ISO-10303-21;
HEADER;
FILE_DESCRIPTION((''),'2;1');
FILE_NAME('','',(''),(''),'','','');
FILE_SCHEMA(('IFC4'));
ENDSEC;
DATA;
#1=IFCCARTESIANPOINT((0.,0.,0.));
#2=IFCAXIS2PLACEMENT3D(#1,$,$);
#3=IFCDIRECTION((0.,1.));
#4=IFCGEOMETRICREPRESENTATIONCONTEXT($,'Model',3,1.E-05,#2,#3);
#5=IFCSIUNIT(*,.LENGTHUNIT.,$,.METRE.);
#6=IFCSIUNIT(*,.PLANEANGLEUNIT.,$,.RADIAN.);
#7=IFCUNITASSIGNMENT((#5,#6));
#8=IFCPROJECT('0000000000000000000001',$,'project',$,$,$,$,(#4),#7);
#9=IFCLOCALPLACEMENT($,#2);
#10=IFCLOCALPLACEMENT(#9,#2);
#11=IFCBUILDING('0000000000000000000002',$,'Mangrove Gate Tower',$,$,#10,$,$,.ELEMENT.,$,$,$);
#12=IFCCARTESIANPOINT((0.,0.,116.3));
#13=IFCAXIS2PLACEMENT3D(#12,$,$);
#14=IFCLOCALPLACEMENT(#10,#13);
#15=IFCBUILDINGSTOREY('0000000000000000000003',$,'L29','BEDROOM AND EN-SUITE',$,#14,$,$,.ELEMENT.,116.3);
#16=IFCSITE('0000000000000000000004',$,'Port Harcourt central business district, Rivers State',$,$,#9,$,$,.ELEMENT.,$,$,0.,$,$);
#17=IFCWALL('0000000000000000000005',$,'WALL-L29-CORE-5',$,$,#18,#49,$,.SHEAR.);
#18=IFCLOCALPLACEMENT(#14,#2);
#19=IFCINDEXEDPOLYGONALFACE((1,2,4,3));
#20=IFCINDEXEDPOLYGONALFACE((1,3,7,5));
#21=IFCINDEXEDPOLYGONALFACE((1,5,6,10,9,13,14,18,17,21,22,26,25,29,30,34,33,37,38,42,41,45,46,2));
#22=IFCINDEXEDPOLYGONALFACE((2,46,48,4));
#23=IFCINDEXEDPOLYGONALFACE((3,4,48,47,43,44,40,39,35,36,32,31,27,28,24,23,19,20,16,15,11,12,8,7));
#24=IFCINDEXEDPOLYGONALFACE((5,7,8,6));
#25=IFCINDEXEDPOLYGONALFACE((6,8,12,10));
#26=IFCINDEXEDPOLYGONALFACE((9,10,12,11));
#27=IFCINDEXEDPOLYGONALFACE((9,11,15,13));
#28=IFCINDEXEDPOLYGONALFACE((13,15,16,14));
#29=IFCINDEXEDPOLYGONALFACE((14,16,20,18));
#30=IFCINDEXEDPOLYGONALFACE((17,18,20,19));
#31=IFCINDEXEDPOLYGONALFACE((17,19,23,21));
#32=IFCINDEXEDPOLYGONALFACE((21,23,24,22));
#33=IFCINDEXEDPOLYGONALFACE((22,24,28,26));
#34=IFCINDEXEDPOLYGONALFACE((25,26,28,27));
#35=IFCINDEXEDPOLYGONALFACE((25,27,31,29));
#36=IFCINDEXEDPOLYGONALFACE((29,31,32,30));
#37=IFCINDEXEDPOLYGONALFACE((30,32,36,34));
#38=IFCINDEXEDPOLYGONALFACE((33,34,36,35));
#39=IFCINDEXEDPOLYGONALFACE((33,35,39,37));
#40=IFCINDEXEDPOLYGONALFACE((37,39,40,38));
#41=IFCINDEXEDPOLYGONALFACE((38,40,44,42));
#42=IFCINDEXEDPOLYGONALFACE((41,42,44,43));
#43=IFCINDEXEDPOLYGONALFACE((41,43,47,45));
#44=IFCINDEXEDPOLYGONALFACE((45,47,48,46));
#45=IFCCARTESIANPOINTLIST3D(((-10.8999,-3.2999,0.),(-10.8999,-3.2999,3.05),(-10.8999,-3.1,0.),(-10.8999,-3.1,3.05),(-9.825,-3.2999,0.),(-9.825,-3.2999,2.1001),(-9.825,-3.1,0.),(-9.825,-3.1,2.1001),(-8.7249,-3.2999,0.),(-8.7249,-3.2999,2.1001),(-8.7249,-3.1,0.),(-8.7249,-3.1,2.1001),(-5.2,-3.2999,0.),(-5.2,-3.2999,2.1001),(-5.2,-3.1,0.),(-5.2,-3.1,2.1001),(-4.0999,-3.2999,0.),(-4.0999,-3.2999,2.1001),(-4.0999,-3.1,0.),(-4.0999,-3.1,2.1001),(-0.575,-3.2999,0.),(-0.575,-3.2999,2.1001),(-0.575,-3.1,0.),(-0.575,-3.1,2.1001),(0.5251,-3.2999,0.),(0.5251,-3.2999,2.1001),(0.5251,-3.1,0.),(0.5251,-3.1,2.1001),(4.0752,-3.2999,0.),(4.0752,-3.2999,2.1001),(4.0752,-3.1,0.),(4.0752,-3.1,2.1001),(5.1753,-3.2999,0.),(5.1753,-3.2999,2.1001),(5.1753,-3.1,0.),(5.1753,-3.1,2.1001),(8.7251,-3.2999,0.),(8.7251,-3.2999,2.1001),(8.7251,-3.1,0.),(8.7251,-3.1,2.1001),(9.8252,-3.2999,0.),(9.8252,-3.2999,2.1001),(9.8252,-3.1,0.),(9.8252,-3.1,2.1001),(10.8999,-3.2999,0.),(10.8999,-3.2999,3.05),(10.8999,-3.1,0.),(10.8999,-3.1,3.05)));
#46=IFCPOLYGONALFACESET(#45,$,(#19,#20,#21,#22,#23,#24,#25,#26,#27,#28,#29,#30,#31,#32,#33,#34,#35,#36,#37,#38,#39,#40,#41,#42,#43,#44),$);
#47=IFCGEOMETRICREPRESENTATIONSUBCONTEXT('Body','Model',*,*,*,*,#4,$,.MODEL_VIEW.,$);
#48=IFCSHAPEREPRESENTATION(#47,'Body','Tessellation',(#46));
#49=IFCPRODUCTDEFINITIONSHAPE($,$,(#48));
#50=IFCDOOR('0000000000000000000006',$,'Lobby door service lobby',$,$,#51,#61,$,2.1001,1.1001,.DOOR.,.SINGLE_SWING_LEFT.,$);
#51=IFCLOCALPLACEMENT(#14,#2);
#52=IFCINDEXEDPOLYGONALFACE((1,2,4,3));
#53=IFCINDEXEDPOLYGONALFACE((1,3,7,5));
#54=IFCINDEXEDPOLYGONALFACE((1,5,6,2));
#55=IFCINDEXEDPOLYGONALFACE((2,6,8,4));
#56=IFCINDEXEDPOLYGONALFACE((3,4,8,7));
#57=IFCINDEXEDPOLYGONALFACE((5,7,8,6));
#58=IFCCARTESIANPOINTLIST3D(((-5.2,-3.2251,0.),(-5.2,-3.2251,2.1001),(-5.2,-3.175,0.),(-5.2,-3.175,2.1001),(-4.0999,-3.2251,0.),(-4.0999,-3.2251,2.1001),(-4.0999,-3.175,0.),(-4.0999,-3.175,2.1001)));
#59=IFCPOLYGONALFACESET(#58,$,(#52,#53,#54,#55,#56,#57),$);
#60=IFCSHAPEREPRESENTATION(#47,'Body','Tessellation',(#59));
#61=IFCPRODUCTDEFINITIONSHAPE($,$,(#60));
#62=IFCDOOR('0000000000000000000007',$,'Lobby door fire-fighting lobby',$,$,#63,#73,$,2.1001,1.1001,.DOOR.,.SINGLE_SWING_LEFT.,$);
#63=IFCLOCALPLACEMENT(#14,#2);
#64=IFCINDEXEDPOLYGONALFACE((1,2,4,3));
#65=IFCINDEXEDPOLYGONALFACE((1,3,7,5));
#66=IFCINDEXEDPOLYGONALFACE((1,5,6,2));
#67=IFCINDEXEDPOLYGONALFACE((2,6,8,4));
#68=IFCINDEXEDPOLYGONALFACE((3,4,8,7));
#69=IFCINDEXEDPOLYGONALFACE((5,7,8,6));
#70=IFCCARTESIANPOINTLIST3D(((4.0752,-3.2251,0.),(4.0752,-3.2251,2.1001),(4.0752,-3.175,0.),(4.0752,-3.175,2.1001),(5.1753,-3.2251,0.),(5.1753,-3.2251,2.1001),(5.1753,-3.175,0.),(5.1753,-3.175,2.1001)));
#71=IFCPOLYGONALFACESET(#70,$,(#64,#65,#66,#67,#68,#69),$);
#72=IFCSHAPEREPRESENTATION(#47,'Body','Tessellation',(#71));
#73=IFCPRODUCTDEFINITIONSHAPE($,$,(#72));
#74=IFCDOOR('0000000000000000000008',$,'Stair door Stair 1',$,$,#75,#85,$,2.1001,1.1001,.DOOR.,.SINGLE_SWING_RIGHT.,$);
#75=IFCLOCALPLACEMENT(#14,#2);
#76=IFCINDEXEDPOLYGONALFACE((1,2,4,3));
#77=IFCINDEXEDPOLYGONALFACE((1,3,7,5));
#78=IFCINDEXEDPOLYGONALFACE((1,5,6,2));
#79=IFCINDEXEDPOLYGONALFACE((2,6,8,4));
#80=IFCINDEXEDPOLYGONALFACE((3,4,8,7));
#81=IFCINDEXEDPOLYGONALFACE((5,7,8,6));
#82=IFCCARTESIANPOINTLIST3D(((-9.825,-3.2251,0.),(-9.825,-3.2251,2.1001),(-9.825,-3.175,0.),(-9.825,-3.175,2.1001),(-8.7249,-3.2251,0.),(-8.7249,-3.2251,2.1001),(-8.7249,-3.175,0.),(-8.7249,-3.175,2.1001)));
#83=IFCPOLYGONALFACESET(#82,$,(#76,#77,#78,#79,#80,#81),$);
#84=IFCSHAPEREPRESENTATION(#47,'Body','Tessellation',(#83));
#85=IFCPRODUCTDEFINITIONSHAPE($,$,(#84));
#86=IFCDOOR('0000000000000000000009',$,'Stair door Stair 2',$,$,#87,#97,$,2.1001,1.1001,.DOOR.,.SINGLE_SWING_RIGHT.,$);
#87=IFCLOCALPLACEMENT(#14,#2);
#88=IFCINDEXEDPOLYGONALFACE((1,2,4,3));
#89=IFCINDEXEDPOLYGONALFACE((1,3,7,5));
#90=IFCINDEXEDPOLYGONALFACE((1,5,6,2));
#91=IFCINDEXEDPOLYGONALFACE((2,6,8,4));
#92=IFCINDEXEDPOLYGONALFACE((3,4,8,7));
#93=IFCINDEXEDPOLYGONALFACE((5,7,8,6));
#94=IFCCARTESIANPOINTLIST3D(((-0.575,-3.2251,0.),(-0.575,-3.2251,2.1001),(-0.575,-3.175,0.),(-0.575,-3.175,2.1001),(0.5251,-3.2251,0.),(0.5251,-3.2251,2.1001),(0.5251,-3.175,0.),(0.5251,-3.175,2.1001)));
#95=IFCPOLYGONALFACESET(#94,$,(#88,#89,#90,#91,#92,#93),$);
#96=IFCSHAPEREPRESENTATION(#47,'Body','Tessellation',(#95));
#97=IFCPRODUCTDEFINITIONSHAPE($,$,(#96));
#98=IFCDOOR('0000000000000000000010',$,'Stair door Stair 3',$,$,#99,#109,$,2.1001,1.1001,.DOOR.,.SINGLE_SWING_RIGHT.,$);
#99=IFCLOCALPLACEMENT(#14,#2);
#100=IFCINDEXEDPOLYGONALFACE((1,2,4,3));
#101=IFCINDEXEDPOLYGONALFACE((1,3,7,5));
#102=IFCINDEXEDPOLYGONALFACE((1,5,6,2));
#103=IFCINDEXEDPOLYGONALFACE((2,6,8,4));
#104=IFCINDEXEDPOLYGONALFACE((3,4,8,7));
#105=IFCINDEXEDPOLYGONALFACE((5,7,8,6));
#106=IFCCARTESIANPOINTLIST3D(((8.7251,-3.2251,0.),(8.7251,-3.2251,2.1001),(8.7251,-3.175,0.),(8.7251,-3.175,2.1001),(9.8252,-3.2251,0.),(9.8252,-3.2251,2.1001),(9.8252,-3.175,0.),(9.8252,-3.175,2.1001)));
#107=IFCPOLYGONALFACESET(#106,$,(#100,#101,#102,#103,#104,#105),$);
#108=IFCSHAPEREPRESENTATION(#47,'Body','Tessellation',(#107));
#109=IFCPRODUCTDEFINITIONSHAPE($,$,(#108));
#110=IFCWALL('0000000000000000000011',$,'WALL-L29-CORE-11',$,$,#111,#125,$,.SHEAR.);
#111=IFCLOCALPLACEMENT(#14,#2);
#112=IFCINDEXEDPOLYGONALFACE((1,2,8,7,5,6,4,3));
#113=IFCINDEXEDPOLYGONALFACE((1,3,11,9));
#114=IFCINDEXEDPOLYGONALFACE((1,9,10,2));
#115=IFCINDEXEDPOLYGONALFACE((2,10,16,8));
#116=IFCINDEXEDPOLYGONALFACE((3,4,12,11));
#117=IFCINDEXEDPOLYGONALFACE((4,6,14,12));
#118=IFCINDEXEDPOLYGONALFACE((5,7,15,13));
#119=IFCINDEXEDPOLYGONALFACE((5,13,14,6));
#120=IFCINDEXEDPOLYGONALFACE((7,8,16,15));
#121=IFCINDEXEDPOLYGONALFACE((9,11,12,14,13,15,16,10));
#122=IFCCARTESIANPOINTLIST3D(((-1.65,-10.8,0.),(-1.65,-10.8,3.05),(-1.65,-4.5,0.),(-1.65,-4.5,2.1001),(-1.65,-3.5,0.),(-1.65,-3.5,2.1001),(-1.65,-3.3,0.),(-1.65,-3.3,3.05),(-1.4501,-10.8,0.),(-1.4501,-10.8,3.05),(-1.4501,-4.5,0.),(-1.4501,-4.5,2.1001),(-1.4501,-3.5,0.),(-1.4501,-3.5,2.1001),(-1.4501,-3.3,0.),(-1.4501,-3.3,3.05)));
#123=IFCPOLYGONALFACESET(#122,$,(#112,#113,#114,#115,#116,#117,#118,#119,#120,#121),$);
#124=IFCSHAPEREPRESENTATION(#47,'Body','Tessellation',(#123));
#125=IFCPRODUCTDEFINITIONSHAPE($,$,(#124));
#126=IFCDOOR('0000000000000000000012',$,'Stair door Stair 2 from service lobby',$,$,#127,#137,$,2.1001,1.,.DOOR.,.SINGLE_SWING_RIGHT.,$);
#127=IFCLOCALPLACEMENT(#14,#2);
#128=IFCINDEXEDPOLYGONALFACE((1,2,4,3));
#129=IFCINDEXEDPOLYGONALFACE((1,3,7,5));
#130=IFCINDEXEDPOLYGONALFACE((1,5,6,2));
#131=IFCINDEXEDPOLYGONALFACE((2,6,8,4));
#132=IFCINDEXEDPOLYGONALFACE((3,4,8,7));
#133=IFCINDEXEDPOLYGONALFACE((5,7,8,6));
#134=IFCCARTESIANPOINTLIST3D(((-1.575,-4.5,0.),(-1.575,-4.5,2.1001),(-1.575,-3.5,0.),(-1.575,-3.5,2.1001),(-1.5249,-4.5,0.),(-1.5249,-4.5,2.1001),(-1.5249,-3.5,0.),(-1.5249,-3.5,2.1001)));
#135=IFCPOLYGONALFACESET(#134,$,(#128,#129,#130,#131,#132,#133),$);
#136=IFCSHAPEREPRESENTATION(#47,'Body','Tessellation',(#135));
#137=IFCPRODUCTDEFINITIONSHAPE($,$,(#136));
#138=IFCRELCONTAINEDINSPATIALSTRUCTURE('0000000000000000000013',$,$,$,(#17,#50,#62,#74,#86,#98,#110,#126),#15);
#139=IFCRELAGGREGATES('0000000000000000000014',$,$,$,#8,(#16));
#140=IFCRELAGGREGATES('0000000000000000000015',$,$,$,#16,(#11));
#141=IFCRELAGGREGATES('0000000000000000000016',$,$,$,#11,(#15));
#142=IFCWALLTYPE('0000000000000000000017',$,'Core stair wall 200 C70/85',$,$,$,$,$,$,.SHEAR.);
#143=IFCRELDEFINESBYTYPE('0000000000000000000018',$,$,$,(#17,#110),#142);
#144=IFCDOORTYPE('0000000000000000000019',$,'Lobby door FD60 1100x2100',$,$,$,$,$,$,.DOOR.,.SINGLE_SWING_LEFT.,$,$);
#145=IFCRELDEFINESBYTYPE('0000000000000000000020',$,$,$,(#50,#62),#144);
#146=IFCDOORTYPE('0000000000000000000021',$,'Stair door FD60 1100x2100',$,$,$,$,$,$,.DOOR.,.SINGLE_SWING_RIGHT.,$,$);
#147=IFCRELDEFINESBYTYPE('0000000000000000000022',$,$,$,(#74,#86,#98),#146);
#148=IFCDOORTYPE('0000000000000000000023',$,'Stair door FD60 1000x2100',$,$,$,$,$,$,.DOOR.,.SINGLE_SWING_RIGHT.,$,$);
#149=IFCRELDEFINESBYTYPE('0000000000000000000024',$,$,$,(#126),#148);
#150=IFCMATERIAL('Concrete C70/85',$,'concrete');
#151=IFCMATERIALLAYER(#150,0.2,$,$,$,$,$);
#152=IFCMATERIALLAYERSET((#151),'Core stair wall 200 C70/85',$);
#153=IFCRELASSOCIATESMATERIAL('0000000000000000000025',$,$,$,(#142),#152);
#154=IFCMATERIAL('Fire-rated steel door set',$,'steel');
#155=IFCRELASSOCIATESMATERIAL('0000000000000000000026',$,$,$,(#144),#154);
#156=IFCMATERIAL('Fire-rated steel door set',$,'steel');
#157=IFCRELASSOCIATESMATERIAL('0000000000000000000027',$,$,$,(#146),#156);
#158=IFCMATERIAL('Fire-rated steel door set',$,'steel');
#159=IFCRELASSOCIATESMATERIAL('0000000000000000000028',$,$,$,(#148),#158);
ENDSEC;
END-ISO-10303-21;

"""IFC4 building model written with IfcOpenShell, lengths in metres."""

from ifc_helpers import new_model, si_unit, direction, frame, frame_2d, origin, place, context, subcontext, project, spatial, rectangle, extrude, material, layer, layer_set, type_object, element, fill, save


model = new_model("IFC4")

# Units and contexts
model_context = context("Model", 3, precision=1e-05, world=origin(), true_north=direction((0.0, 1.0)))
body_context = subcontext(model_context, "Body", "Model", "MODEL_VIEW")
ifc_project = project(units=[si_unit("LENGTHUNIT", "METRE"), si_unit("PLANEANGLEUNIT", "RADIAN")], contexts=[model_context])

# Site, building, storey
site_placement = place(None, origin())
site = spatial("IfcSite", under=ifc_project, at=site_placement, Name="Port Harcourt central business district, Rivers State", CompositionType="ELEMENT", RefElevation=0.0)
building_placement = place(site_placement, origin())
building = spatial("IfcBuilding", under=site, at=building_placement, Name="Mangrove Gate Tower", CompositionType="ELEMENT")
storey_placement = place(building_placement, frame((0.0, 0.0, 116.3)))
storey = spatial("IfcBuildingStorey", under=building, at=storey_placement, Name="L29", Description="BEDROOM AND EN-SUITE", CompositionType="ELEMENT", Elevation=116.3)

# Wall, openings, doors
ifc_material_1 = material(Name="Concrete C70/85", Category="concrete")
ifc_layer_1 = layer(ifc_material_1, 0.2)
ifc_layer_set_1 = layer_set([ifc_layer_1], Name="Core stair wall 200 C70/85")
wall_type_1 = type_object("IfcWallType", Name="Core stair wall 200 C70/85", PredefinedType="SHEAR", material=ifc_layer_set_1)
wall_1_placement = place(storey_placement, frame((-10.8999, -3.2, 0.0), z_axis=(0.0, 0.0, 1.0), x_axis=(1.0, 0.0, 0.0)))
wall_1 = element("IfcWall", 1, at=wall_1_placement, inside=storey, type_object=wall_type_1, Name="WALL-L29-CORE-5", PredefinedType="SHEAR", context=body_context, shape_type="SweptSolid", body=[
    extrude(rectangle(XDim=21.7998, YDim=0.2, at=frame_2d((10.8999, 0.0))), origin(), (0.0, 0.0, 1.0), 3.05),
])
opening_1_placement = place(wall_1_placement, frame((1.075, 0.0, 0.0)))
opening_1 = element("IfcOpeningElement", 2, at=opening_1_placement, cuts=wall_1, PredefinedType="OPENING", context=body_context, shape_type="SweptSolid", body=[
    extrude(rectangle(XDim=1.1001, YDim=2.1001, at=frame_2d((0.55, 1.05))), frame((0.0, 0.1099, 0.0), z_axis=(0.0, -1.0, 0.0), x_axis=(1.0, 0.0, 0.0)), (0.0, 0.0, 1.0), 0.22),
])
opening_2_placement = place(wall_1_placement, frame((10.325, 0.0, 0.0)))
opening_2 = element("IfcOpeningElement", 3, at=opening_2_placement, cuts=wall_1, PredefinedType="OPENING", context=body_context, shape_type="SweptSolid", body=[
    extrude(rectangle(XDim=1.1001, YDim=2.1001, at=frame_2d((0.55, 1.05))), frame((0.0, 0.1099, 0.0), z_axis=(0.0, -1.0, 0.0), x_axis=(1.0, 0.0, 0.0)), (0.0, 0.0, 1.0), 0.22),
])
opening_3_placement = place(wall_1_placement, frame((19.625, 0.0, 0.0)))
opening_3 = element("IfcOpeningElement", 4, at=opening_3_placement, cuts=wall_1, PredefinedType="OPENING", context=body_context, shape_type="SweptSolid", body=[
    extrude(rectangle(XDim=1.1001, YDim=2.1001, at=frame_2d((0.55, 1.05))), frame((0.0, 0.1099, 0.0), z_axis=(0.0, -1.0, 0.0), x_axis=(1.0, 0.0, 0.0)), (0.0, 0.0, 1.0), 0.22),
])
opening_4_placement = place(wall_1_placement, frame((5.7, 0.0, 0.0)))
opening_4 = element("IfcOpeningElement", 5, at=opening_4_placement, cuts=wall_1, PredefinedType="OPENING", context=body_context, shape_type="SweptSolid", body=[
    extrude(rectangle(XDim=1.1001, YDim=2.1001, at=frame_2d((0.55, 1.05))), frame((0.0, 0.1099, 0.0), z_axis=(0.0, -1.0, 0.0), x_axis=(1.0, 0.0, 0.0)), (0.0, 0.0, 1.0), 0.22),
])
opening_5_placement = place(wall_1_placement, frame((14.9751, 0.0, 0.0)))
opening_5 = element("IfcOpeningElement", 6, at=opening_5_placement, cuts=wall_1, PredefinedType="OPENING", context=body_context, shape_type="SweptSolid", body=[
    extrude(rectangle(XDim=1.1001, YDim=2.1001, at=frame_2d((0.55, 1.05))), frame((0.0, 0.1099, 0.0), z_axis=(0.0, -1.0, 0.0), x_axis=(1.0, 0.0, 0.0)), (0.0, 0.0, 1.0), 0.22),
])
ifc_material_2 = material(Name="Fire-rated steel door set", Category="steel")
door_type_1 = type_object("IfcDoorType", Name="Lobby door FD60 1100x2100", OperationType="SINGLE_SWING_LEFT", PredefinedType="DOOR", material=ifc_material_2)
door_1_placement = place(opening_4_placement, origin())
door_1 = element("IfcDoor", 7, at=door_1_placement, inside=storey, type_object=door_type_1, Name="Lobby door service lobby", OperationType="SINGLE_SWING_LEFT", OverallHeight=2.1001, OverallWidth=1.1001, PredefinedType="DOOR", context=body_context, shape_type="SweptSolid", body=[
    extrude(rectangle(XDim=1.1001, YDim=2.1001, at=frame_2d((0.55, 1.05))), frame((0.0, 0.0249, 0.0), z_axis=(0.0, -1.0, 0.0), x_axis=(1.0, 0.0, 0.0)), (0.0, 0.0, 1.0), 0.05),
])
fill(opening_4, door_1)
door_2_placement = place(opening_5_placement, origin())
door_2 = element("IfcDoor", 8, at=door_2_placement, inside=storey, type_object=door_type_1, Name="Lobby door fire-fighting lobby", OperationType="SINGLE_SWING_LEFT", OverallHeight=2.1001, OverallWidth=1.1001, PredefinedType="DOOR", context=body_context, shape_type="SweptSolid", body=[
    extrude(rectangle(XDim=1.1001, YDim=2.1001, at=frame_2d((0.55, 1.05))), frame((0.0, 0.0249, 0.0), z_axis=(0.0, -1.0, 0.0), x_axis=(1.0, 0.0, 0.0)), (0.0, 0.0, 1.0), 0.05),
])
fill(opening_5, door_2)
ifc_material_3 = material(Name="Fire-rated steel door set", Category="steel")
door_type_2 = type_object("IfcDoorType", Name="Stair door FD60 1100x2100", OperationType="SINGLE_SWING_RIGHT", PredefinedType="DOOR", material=ifc_material_3)
door_3_placement = place(opening_1_placement, origin())
door_3 = element("IfcDoor", 9, at=door_3_placement, inside=storey, type_object=door_type_2, Name="Stair door Stair 1", OperationType="SINGLE_SWING_RIGHT", OverallHeight=2.1001, OverallWidth=1.1001, PredefinedType="DOOR", context=body_context, shape_type="SweptSolid", body=[
    extrude(rectangle(XDim=1.1001, YDim=2.1001, at=frame_2d((0.55, 1.05))), frame((0.0, 0.0249, 0.0), z_axis=(0.0, -1.0, 0.0), x_axis=(1.0, 0.0, 0.0)), (0.0, 0.0, 1.0), 0.05),
])
fill(opening_1, door_3)
door_4_placement = place(opening_2_placement, origin())
door_4 = element("IfcDoor", 10, at=door_4_placement, inside=storey, type_object=door_type_2, Name="Stair door Stair 2", OperationType="SINGLE_SWING_RIGHT", OverallHeight=2.1001, OverallWidth=1.1001, PredefinedType="DOOR", context=body_context, shape_type="SweptSolid", body=[
    extrude(rectangle(XDim=1.1001, YDim=2.1001, at=frame_2d((0.55, 1.05))), frame((0.0, 0.0249, 0.0), z_axis=(0.0, -1.0, 0.0), x_axis=(1.0, 0.0, 0.0)), (0.0, 0.0, 1.0), 0.05),
])
fill(opening_2, door_4)
door_5_placement = place(opening_3_placement, origin())
door_5 = element("IfcDoor", 11, at=door_5_placement, inside=storey, type_object=door_type_2, Name="Stair door Stair 3", OperationType="SINGLE_SWING_RIGHT", OverallHeight=2.1001, OverallWidth=1.1001, PredefinedType="DOOR", context=body_context, shape_type="SweptSolid", body=[
    extrude(rectangle(XDim=1.1001, YDim=2.1001, at=frame_2d((0.55, 1.05))), frame((0.0, 0.0249, 0.0), z_axis=(0.0, -1.0, 0.0), x_axis=(1.0, 0.0, 0.0)), (0.0, 0.0, 1.0), 0.05),
])
fill(opening_3, door_5)

# Wall, opening, door
wall_2_placement = place(storey_placement, frame((-1.55, -10.8, 0.0), z_axis=(0.0, 0.0, 1.0), x_axis=(0.0, 1.0, 0.0)))
wall_2 = element("IfcWall", 12, at=wall_2_placement, inside=storey, type_object=wall_type_1, Name="WALL-L29-CORE-11", PredefinedType="SHEAR", context=body_context, shape_type="SweptSolid", body=[
    extrude(rectangle(XDim=7.5, YDim=0.2, at=frame_2d((3.75, 0.0))), origin(), (0.0, 0.0, 1.0), 3.05),
])
opening_6_placement = place(wall_2_placement, frame((6.3, 0.0, 0.0)))
opening_6 = element("IfcOpeningElement", 13, at=opening_6_placement, cuts=wall_2, PredefinedType="OPENING", context=body_context, shape_type="SweptSolid", body=[
    extrude(rectangle(XDim=1.0, YDim=2.1001, at=frame_2d((0.5, 1.05))), frame((0.0, 0.1099, 0.0), z_axis=(0.0, -1.0, 0.0), x_axis=(1.0, 0.0, 0.0)), (0.0, 0.0, 1.0), 0.22),
])
ifc_material_4 = material(Name="Fire-rated steel door set", Category="steel")
door_type_3 = type_object("IfcDoorType", Name="Stair door FD60 1000x2100", OperationType="SINGLE_SWING_RIGHT", PredefinedType="DOOR", material=ifc_material_4)
door_6_placement = place(opening_6_placement, origin())
door_6 = element("IfcDoor", 14, at=door_6_placement, inside=storey, type_object=door_type_3, Name="Stair door Stair 2 from service lobby", OperationType="SINGLE_SWING_RIGHT", OverallHeight=2.1001, OverallWidth=1.0, PredefinedType="DOOR", context=body_context, shape_type="SweptSolid", body=[
    extrude(rectangle(XDim=1.0, YDim=2.1001, at=frame_2d((0.5, 1.05))), frame((0.0, 0.0249, 0.0), z_axis=(0.0, -1.0, 0.0), x_axis=(1.0, 0.0, 0.0)), (0.0, 0.0, 1.0), 0.05),
])
fill(opening_6, door_6)

save(model, "model.ifc")
